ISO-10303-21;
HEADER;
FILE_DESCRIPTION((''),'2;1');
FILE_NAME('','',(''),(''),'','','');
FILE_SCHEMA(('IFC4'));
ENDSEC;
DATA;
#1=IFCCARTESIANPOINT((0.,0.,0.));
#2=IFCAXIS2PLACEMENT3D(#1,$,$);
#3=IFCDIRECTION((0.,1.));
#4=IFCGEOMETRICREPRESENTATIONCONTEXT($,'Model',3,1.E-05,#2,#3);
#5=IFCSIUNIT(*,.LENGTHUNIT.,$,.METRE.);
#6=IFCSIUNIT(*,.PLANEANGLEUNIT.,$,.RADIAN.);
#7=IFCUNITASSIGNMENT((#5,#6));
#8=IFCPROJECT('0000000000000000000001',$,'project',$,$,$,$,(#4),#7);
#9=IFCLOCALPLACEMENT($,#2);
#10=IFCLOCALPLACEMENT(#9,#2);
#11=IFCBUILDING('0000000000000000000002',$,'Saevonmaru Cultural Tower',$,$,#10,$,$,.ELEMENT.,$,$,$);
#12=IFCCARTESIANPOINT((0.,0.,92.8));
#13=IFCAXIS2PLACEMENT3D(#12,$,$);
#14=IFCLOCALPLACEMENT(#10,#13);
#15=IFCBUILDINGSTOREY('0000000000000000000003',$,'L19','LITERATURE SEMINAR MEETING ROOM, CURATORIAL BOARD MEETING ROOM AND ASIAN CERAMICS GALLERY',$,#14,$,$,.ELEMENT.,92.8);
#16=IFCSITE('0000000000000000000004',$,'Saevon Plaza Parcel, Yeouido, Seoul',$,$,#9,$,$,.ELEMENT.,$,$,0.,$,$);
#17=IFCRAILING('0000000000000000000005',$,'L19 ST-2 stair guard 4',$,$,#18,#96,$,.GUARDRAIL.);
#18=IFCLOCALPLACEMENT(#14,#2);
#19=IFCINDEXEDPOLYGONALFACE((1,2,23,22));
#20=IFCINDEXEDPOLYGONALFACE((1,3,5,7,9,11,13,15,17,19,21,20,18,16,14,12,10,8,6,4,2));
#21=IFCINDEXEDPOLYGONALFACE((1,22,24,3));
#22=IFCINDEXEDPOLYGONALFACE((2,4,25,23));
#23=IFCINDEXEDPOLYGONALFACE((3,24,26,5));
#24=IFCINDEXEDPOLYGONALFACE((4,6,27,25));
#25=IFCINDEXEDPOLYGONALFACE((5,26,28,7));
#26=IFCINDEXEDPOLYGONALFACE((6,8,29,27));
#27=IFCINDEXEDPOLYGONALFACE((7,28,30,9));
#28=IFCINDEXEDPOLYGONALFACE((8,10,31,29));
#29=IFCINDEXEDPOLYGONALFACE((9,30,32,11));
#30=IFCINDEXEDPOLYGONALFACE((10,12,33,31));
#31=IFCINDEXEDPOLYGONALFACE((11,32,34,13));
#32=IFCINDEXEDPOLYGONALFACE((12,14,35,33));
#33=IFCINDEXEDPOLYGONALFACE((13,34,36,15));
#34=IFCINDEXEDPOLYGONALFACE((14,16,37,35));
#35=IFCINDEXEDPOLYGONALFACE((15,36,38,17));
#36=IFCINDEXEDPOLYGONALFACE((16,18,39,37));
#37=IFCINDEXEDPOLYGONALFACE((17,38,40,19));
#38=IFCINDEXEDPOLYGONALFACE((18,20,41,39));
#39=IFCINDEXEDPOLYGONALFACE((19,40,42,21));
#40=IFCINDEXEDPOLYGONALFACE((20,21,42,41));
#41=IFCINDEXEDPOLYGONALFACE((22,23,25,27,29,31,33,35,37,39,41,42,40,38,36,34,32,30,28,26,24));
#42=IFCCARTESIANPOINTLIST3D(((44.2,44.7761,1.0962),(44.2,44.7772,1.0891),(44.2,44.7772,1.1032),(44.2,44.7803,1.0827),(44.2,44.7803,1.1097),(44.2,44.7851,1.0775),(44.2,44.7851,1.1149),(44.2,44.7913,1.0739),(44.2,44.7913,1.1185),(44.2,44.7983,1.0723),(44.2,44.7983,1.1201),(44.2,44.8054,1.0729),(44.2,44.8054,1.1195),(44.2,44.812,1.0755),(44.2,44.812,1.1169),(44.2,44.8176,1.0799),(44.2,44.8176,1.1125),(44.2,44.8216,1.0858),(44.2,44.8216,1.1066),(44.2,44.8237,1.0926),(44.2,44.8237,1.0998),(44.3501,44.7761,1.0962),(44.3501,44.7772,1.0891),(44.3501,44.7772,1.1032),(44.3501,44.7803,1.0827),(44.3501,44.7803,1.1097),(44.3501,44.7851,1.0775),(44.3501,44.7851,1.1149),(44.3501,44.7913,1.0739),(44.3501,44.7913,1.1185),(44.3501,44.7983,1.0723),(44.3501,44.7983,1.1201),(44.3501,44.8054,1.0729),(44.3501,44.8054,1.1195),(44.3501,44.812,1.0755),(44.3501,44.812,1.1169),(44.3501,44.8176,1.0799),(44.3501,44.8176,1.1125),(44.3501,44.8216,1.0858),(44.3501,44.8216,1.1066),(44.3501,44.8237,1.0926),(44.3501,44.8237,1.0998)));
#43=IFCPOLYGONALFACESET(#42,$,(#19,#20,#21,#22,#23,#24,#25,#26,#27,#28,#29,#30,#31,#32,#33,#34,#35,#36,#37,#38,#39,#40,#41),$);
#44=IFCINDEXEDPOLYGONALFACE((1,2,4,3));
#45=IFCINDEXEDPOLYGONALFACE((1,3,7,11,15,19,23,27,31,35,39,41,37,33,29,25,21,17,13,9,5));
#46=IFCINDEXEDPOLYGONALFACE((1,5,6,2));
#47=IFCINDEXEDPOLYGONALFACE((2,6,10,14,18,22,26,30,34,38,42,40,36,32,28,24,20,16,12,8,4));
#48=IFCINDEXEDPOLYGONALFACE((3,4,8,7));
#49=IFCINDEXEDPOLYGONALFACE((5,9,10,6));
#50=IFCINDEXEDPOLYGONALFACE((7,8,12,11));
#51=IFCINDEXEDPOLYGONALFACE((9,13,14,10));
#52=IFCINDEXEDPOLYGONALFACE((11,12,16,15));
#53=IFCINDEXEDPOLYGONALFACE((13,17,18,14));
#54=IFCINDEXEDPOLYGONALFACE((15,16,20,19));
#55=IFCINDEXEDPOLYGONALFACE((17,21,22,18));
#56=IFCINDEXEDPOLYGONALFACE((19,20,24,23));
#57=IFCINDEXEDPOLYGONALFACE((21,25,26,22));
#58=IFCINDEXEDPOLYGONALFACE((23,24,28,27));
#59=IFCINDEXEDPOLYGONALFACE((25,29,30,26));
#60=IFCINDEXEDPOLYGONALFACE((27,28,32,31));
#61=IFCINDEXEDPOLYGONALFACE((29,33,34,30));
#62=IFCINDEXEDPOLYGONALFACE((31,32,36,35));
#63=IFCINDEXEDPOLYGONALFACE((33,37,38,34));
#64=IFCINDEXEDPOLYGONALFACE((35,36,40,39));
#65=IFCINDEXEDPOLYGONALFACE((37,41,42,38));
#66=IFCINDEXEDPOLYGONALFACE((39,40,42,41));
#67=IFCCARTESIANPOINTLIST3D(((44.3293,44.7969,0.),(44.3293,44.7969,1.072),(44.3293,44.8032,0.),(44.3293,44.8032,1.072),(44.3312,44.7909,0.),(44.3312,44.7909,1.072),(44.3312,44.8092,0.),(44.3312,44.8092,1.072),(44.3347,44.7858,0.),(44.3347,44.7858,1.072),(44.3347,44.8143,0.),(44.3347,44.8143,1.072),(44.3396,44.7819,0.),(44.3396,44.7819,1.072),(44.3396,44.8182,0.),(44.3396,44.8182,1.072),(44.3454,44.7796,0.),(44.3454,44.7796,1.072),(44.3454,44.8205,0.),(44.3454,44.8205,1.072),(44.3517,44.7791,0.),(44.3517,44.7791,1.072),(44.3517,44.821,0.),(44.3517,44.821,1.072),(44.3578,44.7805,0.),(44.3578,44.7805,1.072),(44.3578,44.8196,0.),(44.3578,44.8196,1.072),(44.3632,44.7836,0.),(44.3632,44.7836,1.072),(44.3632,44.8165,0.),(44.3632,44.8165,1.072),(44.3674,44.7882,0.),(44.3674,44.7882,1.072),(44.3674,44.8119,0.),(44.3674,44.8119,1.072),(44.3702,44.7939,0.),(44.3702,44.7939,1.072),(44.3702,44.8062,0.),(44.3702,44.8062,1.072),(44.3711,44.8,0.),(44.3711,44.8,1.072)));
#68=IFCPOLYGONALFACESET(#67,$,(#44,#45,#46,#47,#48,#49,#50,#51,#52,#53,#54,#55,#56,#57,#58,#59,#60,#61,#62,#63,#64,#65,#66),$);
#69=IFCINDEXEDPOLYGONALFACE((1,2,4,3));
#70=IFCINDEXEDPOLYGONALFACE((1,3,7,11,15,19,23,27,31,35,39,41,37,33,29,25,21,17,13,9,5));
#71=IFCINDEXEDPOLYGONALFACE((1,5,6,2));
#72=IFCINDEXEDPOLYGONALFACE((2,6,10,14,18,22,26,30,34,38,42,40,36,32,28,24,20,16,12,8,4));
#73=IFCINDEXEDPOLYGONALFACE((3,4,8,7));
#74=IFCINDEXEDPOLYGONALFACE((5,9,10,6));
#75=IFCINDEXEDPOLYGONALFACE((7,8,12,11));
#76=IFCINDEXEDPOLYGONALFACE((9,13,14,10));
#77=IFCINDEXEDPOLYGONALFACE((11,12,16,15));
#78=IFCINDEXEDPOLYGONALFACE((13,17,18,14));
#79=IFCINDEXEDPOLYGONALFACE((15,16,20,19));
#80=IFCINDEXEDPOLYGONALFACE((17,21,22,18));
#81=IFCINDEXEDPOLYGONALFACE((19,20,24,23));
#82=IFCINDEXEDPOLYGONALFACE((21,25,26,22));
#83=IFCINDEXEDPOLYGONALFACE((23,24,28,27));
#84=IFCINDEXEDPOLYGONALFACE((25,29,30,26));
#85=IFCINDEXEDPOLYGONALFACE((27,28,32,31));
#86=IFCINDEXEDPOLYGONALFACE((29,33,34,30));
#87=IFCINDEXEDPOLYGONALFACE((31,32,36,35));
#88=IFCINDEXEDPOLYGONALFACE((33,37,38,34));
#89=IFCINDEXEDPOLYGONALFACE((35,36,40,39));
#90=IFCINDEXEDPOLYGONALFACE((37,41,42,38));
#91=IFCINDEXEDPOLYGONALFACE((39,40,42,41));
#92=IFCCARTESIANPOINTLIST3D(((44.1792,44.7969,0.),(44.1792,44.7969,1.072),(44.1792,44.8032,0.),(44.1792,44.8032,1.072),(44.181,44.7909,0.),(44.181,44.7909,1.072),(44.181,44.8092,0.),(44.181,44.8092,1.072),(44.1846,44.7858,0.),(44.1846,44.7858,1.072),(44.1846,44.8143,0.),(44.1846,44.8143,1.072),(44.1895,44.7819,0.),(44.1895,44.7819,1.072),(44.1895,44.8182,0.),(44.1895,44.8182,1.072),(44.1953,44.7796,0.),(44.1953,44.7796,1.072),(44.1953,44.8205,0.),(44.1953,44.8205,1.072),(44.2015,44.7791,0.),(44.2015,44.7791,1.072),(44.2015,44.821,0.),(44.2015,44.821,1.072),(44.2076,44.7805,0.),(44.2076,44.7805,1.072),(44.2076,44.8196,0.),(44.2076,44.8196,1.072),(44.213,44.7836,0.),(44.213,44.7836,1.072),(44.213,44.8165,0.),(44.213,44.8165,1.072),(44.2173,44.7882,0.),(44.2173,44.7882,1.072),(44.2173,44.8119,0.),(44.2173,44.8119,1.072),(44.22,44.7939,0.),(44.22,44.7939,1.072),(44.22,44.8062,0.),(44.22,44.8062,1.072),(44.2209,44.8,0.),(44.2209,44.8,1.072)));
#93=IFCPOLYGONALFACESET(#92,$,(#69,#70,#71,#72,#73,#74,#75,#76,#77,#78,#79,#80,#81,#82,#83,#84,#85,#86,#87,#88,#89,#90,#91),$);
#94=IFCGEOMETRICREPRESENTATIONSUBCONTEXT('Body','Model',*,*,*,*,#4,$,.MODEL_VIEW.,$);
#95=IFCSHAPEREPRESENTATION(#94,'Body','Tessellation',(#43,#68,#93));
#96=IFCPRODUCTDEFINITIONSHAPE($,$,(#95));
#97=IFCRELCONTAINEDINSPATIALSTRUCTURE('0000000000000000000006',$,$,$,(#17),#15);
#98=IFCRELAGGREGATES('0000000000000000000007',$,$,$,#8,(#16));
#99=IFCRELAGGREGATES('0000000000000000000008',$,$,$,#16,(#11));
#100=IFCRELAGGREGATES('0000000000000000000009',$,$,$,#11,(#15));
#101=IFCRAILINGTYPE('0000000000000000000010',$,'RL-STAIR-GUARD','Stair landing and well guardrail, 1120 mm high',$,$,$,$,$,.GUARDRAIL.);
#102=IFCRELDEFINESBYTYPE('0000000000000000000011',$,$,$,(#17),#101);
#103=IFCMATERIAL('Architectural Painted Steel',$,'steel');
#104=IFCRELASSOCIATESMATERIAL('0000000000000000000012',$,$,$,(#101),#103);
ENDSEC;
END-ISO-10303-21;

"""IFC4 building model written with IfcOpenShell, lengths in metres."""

from ifc_helpers import new_model, si_unit, direction, frame, origin, origin_2d, place, context, subcontext, project, spatial, circle, extrude, material, type_object, element, save


model = new_model("IFC4")

# Units and contexts
model_context = context("Model", 3, precision=1e-05, world=origin(), true_north=direction((0.0, 1.0)))
body_context = subcontext(model_context, "Body", "Model", "MODEL_VIEW")
ifc_project = project(units=[si_unit("LENGTHUNIT", "METRE"), si_unit("PLANEANGLEUNIT", "RADIAN")], contexts=[model_context])

# Site, building, storey
site_placement = place(None, origin())
site = spatial("IfcSite", under=ifc_project, at=site_placement, Name="Saevon Plaza Parcel, Yeouido, Seoul", CompositionType="ELEMENT", RefElevation=0.0)
building_placement = place(site_placement, origin())
building = spatial("IfcBuilding", under=site, at=building_placement, Name="Saevonmaru Cultural Tower", CompositionType="ELEMENT")
storey_placement = place(building_placement, frame((0.0, 0.0, 92.8)))
storey = spatial("IfcBuildingStorey", under=building, at=storey_placement, Name="L19", Description="LITERATURE SEMINAR MEETING ROOM, CURATORIAL BOARD MEETING ROOM AND ASIAN CERAMICS GALLERY", CompositionType="ELEMENT", Elevation=92.8)

# Railing
ifc_material_1 = material(Name="Architectural Painted Steel", Category="steel")
railing_type_1 = type_object("IfcRailingType", Name="RL-STAIR-GUARD", Description="Stair landing and well guardrail, 1120 mm high", PredefinedType="GUARDRAIL", material=ifc_material_1)
railing_1_placement = place(storey_placement, frame((44.3501, 44.8, 0.0)))
element("IfcRailing", 1, at=railing_1_placement, inside=storey, type_object=railing_type_1, Name="L19 ST-2 stair guard 4", PredefinedType="GUARDRAIL", context=body_context, shape_type="SweptSolid", body=[
    extrude(circle(Radius=0.0239, at=origin_2d()), frame((0.0, 0.0, 1.0962), z_axis=(-1.0, 0.0, 0.0), x_axis=(0.0, -1.0, 0.0)), (0.0, 0.0, 1.0), 0.1501),
    extrude(circle(Radius=0.021, at=origin_2d()), origin(), (0.0, 0.0, 1.0), 1.072),
    extrude(circle(Radius=0.021, at=origin_2d()), frame((-0.1501, 0.0, 0.0)), (0.0, 0.0, 1.0), 1.072),
])

save(model, "model.ifc")
